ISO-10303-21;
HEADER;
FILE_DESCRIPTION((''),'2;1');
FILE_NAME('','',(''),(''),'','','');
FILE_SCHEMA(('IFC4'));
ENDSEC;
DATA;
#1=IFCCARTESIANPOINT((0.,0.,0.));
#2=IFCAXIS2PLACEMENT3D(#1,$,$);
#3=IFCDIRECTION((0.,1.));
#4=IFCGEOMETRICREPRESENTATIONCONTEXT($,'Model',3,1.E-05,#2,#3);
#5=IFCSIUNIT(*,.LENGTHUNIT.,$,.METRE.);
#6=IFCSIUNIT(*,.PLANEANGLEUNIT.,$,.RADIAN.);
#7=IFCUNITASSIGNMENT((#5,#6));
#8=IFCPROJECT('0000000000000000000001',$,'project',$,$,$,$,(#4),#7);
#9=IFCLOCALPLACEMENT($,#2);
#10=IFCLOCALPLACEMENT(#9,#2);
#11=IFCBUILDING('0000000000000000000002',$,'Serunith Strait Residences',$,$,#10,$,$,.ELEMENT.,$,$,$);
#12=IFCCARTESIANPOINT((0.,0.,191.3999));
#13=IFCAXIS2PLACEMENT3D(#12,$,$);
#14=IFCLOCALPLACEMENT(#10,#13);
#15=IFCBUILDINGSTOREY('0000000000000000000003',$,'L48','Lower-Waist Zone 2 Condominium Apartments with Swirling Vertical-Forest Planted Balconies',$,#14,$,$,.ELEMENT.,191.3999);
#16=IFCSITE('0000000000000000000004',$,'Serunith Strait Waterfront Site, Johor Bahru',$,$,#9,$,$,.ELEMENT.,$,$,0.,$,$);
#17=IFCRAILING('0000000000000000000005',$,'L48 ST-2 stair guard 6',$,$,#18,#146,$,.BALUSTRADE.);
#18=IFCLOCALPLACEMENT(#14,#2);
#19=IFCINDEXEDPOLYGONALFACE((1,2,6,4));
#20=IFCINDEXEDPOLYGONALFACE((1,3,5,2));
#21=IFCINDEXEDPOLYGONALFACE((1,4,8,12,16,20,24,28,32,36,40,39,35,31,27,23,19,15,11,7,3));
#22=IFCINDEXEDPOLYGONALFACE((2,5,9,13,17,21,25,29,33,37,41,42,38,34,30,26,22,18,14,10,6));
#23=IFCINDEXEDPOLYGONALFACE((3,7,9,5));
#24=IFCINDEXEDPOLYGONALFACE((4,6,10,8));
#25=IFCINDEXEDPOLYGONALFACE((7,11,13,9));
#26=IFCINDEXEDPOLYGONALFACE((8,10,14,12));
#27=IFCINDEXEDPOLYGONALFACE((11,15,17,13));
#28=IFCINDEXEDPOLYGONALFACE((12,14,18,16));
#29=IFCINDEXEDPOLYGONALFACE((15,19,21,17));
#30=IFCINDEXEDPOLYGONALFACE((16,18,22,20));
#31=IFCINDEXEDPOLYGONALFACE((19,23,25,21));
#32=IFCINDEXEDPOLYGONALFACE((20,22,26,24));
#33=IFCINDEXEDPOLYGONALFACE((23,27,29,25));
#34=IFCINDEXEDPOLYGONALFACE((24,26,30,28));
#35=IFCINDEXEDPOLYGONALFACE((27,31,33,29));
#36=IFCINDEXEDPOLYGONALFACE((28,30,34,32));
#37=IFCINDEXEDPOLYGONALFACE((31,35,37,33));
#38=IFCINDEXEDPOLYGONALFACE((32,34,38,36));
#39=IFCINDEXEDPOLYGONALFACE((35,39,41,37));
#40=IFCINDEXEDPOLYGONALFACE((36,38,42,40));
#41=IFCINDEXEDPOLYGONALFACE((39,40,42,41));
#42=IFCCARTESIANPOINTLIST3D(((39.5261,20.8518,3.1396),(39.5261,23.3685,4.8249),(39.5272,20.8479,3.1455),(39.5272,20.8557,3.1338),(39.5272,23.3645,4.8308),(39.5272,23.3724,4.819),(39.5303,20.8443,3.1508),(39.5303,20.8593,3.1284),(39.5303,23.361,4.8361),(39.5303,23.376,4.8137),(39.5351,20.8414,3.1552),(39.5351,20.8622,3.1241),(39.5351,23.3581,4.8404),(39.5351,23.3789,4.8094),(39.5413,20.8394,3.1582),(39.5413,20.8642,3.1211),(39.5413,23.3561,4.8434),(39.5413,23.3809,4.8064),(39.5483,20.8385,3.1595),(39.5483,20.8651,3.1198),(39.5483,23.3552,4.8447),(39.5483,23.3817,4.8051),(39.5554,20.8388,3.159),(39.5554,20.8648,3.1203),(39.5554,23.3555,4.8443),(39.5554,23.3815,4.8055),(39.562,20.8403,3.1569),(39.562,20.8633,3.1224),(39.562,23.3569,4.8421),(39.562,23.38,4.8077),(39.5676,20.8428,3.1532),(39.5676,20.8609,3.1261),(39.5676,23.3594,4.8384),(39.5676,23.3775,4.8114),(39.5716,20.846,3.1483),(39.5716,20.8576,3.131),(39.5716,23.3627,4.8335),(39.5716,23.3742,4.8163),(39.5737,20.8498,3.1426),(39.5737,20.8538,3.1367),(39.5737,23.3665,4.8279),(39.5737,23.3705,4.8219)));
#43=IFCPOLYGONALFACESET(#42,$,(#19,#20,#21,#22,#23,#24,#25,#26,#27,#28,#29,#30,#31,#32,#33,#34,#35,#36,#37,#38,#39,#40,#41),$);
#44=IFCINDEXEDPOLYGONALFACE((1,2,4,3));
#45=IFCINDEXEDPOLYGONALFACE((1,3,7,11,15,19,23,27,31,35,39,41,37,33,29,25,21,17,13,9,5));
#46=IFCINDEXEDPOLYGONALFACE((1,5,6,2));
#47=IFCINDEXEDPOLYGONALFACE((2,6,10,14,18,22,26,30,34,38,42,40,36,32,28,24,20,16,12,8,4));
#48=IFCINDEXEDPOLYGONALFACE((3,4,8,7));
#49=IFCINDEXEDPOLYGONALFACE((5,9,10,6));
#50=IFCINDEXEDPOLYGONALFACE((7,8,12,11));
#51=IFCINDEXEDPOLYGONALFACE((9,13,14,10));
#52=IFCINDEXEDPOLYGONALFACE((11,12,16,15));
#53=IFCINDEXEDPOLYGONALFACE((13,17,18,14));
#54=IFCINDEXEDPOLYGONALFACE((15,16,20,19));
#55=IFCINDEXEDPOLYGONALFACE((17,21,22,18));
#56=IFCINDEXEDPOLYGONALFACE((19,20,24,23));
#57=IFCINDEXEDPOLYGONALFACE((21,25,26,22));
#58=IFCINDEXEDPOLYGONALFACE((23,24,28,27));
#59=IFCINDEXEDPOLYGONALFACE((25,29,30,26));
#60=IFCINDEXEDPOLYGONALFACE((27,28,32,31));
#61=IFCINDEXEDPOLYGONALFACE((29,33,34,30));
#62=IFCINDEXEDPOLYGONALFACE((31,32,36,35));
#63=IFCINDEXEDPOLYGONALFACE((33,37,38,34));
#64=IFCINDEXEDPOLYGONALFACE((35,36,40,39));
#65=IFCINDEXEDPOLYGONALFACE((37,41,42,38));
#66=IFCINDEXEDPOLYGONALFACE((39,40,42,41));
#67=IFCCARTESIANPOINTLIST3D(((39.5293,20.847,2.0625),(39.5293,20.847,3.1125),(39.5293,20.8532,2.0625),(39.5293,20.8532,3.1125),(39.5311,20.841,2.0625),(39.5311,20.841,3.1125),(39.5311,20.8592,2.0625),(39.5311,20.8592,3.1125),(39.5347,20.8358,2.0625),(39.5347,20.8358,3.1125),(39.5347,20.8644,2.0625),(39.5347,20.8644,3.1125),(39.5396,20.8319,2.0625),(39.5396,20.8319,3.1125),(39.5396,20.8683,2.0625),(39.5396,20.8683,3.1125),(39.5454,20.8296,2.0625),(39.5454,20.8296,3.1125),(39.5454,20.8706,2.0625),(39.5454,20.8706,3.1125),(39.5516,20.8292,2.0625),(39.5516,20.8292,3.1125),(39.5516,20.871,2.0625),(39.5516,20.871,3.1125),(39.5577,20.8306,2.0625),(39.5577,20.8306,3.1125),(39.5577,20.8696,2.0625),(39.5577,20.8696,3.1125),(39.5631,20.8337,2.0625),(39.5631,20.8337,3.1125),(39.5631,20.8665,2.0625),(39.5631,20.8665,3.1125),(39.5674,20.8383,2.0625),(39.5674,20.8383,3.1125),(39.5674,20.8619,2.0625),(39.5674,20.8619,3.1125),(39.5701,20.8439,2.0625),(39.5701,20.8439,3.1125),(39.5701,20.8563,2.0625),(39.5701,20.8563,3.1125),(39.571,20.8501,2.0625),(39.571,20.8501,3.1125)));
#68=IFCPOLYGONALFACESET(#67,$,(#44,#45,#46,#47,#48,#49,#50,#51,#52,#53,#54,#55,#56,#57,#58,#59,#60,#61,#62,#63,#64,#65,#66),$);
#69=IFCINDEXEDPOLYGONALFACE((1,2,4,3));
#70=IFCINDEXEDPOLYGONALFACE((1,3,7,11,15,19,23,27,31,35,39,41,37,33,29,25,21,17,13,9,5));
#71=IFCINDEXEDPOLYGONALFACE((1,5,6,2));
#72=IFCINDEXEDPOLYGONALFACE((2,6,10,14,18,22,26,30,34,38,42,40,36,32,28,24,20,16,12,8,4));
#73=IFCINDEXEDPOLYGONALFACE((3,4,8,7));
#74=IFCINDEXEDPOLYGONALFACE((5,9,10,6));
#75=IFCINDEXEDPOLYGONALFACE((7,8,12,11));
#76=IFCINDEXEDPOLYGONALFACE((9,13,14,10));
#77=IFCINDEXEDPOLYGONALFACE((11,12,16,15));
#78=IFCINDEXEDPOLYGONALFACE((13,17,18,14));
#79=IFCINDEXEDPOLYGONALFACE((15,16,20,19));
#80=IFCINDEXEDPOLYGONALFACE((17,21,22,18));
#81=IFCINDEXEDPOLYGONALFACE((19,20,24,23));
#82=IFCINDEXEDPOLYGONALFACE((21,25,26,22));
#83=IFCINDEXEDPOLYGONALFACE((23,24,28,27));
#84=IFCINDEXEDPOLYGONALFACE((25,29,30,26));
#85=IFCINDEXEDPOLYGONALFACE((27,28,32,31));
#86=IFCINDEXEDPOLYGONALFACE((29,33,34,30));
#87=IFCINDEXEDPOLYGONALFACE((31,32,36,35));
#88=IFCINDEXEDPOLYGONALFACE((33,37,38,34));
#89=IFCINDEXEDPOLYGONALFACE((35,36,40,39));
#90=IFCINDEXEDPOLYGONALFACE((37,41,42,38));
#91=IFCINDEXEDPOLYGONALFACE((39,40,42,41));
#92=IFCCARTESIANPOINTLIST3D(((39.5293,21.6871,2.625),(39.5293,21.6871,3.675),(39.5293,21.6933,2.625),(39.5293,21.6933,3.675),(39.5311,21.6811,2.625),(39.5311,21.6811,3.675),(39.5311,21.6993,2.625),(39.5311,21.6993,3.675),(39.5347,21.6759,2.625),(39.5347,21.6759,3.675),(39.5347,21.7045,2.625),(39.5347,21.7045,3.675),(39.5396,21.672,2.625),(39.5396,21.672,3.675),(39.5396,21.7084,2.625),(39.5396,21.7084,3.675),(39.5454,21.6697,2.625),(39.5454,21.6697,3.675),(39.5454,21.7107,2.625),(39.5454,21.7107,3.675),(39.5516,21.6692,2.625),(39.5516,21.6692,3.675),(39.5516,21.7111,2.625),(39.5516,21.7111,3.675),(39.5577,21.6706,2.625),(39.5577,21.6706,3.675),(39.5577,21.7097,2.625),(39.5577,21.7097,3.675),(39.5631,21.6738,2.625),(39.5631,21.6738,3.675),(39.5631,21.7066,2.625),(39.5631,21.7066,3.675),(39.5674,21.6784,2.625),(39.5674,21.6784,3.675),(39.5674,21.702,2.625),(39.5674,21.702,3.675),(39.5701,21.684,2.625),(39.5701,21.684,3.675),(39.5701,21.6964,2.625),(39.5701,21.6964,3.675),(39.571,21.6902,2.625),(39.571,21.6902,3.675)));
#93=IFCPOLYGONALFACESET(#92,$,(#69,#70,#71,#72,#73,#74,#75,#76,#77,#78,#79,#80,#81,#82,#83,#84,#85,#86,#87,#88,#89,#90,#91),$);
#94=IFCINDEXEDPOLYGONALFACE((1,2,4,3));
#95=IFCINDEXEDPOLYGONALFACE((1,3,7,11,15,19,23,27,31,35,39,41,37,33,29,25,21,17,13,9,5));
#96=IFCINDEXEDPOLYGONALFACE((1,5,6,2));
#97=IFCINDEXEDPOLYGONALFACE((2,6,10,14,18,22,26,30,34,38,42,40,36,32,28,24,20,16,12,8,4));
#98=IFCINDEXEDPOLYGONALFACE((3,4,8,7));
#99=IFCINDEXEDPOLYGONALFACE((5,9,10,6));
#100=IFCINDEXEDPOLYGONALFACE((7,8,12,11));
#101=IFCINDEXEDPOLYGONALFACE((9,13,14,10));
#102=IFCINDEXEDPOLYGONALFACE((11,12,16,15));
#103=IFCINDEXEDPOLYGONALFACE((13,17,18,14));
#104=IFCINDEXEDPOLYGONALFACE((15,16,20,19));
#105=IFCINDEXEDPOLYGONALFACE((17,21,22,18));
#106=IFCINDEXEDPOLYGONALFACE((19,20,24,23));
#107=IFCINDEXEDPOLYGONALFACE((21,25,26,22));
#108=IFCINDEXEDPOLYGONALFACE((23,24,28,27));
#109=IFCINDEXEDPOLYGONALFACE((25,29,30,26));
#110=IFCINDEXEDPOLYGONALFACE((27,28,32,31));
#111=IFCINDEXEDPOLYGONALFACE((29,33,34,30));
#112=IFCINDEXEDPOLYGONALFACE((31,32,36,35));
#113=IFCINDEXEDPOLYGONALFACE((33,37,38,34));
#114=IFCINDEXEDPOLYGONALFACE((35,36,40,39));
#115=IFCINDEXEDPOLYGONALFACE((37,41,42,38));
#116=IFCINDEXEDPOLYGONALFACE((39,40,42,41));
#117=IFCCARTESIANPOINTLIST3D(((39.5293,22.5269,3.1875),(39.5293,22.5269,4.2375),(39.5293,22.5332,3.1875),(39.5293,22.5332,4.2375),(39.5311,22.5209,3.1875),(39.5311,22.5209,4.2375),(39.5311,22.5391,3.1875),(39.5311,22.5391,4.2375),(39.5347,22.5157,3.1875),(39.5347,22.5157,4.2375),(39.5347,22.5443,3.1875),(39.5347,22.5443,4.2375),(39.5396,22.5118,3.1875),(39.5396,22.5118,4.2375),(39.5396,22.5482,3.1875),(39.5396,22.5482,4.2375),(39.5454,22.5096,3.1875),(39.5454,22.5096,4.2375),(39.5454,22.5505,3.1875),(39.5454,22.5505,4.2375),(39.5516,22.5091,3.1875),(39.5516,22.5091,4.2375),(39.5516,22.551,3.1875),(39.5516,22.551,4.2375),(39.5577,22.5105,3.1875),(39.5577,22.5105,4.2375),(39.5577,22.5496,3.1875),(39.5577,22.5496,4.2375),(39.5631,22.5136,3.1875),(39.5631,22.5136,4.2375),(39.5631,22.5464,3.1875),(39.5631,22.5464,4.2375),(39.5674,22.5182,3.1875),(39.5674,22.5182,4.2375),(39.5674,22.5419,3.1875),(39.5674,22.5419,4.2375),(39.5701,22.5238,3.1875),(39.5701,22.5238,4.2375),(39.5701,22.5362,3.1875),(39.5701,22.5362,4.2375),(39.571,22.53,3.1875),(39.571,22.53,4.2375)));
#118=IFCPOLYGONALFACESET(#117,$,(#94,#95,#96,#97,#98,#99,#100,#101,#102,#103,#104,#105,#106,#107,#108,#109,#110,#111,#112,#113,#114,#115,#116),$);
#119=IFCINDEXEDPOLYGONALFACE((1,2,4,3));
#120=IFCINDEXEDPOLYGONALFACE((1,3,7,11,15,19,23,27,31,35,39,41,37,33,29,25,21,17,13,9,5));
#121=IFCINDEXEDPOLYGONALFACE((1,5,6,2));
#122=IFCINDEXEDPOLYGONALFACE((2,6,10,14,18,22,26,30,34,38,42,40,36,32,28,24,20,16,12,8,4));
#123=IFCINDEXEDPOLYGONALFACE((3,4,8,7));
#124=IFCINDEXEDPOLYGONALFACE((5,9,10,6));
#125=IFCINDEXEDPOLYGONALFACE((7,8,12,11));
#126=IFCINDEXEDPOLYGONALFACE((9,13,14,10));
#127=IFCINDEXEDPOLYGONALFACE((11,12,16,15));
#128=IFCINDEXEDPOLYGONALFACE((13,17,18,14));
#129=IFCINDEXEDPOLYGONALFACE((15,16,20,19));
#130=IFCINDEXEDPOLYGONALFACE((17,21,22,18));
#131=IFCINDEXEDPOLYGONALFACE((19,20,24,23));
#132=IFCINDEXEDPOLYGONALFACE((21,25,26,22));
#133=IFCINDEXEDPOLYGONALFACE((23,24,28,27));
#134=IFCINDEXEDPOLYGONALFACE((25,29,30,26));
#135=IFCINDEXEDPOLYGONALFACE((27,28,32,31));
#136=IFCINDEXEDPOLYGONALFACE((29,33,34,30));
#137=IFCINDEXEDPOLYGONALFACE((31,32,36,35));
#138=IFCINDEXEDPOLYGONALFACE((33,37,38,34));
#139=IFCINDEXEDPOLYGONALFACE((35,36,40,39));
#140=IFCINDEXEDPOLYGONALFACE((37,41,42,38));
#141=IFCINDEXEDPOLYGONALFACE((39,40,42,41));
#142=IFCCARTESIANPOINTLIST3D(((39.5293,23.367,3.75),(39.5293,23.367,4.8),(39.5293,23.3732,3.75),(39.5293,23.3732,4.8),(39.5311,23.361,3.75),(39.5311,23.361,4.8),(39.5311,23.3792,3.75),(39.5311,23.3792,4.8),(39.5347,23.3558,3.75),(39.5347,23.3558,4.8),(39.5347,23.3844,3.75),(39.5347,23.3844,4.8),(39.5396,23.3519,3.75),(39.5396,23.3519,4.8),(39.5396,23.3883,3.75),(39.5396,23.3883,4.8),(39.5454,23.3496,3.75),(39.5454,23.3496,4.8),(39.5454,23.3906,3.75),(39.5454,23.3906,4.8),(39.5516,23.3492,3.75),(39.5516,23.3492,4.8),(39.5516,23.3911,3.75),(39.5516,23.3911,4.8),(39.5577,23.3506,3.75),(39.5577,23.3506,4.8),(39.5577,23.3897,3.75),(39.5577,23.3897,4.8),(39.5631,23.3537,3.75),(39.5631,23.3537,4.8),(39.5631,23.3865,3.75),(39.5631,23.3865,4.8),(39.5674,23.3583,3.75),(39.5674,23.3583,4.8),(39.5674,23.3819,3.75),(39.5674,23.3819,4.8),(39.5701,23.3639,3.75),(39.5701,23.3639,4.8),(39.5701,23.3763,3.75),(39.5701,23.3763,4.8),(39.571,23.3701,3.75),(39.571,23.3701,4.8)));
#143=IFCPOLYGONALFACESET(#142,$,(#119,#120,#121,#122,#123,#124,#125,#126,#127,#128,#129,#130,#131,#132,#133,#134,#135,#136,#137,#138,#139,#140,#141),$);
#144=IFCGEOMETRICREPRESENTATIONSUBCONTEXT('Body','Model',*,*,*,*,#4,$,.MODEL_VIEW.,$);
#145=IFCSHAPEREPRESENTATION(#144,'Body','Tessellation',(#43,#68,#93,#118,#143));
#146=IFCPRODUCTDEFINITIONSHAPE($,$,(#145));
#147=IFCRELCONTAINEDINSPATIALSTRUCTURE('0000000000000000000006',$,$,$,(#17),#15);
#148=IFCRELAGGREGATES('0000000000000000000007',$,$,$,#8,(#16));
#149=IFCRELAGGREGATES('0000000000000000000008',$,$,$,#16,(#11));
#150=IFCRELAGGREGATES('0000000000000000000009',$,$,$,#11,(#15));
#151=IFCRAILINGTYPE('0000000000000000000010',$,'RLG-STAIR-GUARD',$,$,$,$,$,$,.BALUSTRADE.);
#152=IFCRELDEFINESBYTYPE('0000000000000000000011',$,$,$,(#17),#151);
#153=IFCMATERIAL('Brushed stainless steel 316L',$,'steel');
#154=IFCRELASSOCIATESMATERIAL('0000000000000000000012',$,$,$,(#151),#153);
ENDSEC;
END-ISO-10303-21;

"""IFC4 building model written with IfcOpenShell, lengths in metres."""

from ifc_helpers import new_model, si_unit, direction, frame, origin, origin_2d, place, context, subcontext, project, spatial, circle, extrude, material, type_object, element, save


model = new_model("IFC4")

# Units and contexts
model_context = context("Model", 3, precision=1e-05, world=origin(), true_north=direction((0.0, 1.0)))
body_context = subcontext(model_context, "Body", "Model", "MODEL_VIEW")
ifc_project = project(units=[si_unit("LENGTHUNIT", "METRE"), si_unit("PLANEANGLEUNIT", "RADIAN")], contexts=[model_context])

# Site, building, storey
site_placement = place(None, origin())
site = spatial("IfcSite", under=ifc_project, at=site_placement, Name="Serunith Strait Waterfront Site, Johor Bahru", CompositionType="ELEMENT", RefElevation=0.0)
building_placement = place(site_placement, origin())
building = spatial("IfcBuilding", under=site, at=building_placement, Name="Serunith Strait Residences", CompositionType="ELEMENT")
storey_placement = place(building_placement, frame((0.0, 0.0, 191.3999)))
storey = spatial("IfcBuildingStorey", under=building, at=storey_placement, Name="L48", Description="Lower-Waist Zone 2 Condominium Apartments with Swirling Vertical-Forest Planted Balconies", CompositionType="ELEMENT", Elevation=191.3999)

# Railing
ifc_material_1 = material(Name="Brushed stainless steel 316L", Category="steel")
railing_type_1 = type_object("IfcRailingType", Name="RLG-STAIR-GUARD", PredefinedType="BALUSTRADE", material=ifc_material_1)
railing_1_placement = place(storey_placement, frame((39.55, 20.8501, 2.0625)))
element("IfcRailing", 1, at=railing_1_placement, inside=storey, type_object=railing_type_1, Name="L48 ST-2 stair guard 6", PredefinedType="BALUSTRADE", context=body_context, shape_type="SweptSolid", body=[
    extrude(circle(Radius=0.0239, at=origin_2d()), frame((0.0, 0.0017, 1.0771), z_axis=(0.0, 0.830909, 0.556408), x_axis=(-1.0, 0.0, 0.0)), (0.0, 0.0, 1.0), 3.0288),
    extrude(circle(Radius=0.021, at=origin_2d()), origin(), (0.0, 0.0, 1.0), 1.05),
    extrude(circle(Radius=0.021, at=origin_2d()), frame((0.0, 0.8401, 0.5625)), (0.0, 0.0, 1.0), 1.05),
    extrude(circle(Radius=0.021, at=origin_2d()), frame((0.0, 1.6799, 1.125)), (0.0, 0.0, 1.0), 1.05),
    extrude(circle(Radius=0.021, at=origin_2d()), frame((0.0, 2.52, 1.6875)), (0.0, 0.0, 1.0), 1.05),
])

save(model, "model.ifc")
